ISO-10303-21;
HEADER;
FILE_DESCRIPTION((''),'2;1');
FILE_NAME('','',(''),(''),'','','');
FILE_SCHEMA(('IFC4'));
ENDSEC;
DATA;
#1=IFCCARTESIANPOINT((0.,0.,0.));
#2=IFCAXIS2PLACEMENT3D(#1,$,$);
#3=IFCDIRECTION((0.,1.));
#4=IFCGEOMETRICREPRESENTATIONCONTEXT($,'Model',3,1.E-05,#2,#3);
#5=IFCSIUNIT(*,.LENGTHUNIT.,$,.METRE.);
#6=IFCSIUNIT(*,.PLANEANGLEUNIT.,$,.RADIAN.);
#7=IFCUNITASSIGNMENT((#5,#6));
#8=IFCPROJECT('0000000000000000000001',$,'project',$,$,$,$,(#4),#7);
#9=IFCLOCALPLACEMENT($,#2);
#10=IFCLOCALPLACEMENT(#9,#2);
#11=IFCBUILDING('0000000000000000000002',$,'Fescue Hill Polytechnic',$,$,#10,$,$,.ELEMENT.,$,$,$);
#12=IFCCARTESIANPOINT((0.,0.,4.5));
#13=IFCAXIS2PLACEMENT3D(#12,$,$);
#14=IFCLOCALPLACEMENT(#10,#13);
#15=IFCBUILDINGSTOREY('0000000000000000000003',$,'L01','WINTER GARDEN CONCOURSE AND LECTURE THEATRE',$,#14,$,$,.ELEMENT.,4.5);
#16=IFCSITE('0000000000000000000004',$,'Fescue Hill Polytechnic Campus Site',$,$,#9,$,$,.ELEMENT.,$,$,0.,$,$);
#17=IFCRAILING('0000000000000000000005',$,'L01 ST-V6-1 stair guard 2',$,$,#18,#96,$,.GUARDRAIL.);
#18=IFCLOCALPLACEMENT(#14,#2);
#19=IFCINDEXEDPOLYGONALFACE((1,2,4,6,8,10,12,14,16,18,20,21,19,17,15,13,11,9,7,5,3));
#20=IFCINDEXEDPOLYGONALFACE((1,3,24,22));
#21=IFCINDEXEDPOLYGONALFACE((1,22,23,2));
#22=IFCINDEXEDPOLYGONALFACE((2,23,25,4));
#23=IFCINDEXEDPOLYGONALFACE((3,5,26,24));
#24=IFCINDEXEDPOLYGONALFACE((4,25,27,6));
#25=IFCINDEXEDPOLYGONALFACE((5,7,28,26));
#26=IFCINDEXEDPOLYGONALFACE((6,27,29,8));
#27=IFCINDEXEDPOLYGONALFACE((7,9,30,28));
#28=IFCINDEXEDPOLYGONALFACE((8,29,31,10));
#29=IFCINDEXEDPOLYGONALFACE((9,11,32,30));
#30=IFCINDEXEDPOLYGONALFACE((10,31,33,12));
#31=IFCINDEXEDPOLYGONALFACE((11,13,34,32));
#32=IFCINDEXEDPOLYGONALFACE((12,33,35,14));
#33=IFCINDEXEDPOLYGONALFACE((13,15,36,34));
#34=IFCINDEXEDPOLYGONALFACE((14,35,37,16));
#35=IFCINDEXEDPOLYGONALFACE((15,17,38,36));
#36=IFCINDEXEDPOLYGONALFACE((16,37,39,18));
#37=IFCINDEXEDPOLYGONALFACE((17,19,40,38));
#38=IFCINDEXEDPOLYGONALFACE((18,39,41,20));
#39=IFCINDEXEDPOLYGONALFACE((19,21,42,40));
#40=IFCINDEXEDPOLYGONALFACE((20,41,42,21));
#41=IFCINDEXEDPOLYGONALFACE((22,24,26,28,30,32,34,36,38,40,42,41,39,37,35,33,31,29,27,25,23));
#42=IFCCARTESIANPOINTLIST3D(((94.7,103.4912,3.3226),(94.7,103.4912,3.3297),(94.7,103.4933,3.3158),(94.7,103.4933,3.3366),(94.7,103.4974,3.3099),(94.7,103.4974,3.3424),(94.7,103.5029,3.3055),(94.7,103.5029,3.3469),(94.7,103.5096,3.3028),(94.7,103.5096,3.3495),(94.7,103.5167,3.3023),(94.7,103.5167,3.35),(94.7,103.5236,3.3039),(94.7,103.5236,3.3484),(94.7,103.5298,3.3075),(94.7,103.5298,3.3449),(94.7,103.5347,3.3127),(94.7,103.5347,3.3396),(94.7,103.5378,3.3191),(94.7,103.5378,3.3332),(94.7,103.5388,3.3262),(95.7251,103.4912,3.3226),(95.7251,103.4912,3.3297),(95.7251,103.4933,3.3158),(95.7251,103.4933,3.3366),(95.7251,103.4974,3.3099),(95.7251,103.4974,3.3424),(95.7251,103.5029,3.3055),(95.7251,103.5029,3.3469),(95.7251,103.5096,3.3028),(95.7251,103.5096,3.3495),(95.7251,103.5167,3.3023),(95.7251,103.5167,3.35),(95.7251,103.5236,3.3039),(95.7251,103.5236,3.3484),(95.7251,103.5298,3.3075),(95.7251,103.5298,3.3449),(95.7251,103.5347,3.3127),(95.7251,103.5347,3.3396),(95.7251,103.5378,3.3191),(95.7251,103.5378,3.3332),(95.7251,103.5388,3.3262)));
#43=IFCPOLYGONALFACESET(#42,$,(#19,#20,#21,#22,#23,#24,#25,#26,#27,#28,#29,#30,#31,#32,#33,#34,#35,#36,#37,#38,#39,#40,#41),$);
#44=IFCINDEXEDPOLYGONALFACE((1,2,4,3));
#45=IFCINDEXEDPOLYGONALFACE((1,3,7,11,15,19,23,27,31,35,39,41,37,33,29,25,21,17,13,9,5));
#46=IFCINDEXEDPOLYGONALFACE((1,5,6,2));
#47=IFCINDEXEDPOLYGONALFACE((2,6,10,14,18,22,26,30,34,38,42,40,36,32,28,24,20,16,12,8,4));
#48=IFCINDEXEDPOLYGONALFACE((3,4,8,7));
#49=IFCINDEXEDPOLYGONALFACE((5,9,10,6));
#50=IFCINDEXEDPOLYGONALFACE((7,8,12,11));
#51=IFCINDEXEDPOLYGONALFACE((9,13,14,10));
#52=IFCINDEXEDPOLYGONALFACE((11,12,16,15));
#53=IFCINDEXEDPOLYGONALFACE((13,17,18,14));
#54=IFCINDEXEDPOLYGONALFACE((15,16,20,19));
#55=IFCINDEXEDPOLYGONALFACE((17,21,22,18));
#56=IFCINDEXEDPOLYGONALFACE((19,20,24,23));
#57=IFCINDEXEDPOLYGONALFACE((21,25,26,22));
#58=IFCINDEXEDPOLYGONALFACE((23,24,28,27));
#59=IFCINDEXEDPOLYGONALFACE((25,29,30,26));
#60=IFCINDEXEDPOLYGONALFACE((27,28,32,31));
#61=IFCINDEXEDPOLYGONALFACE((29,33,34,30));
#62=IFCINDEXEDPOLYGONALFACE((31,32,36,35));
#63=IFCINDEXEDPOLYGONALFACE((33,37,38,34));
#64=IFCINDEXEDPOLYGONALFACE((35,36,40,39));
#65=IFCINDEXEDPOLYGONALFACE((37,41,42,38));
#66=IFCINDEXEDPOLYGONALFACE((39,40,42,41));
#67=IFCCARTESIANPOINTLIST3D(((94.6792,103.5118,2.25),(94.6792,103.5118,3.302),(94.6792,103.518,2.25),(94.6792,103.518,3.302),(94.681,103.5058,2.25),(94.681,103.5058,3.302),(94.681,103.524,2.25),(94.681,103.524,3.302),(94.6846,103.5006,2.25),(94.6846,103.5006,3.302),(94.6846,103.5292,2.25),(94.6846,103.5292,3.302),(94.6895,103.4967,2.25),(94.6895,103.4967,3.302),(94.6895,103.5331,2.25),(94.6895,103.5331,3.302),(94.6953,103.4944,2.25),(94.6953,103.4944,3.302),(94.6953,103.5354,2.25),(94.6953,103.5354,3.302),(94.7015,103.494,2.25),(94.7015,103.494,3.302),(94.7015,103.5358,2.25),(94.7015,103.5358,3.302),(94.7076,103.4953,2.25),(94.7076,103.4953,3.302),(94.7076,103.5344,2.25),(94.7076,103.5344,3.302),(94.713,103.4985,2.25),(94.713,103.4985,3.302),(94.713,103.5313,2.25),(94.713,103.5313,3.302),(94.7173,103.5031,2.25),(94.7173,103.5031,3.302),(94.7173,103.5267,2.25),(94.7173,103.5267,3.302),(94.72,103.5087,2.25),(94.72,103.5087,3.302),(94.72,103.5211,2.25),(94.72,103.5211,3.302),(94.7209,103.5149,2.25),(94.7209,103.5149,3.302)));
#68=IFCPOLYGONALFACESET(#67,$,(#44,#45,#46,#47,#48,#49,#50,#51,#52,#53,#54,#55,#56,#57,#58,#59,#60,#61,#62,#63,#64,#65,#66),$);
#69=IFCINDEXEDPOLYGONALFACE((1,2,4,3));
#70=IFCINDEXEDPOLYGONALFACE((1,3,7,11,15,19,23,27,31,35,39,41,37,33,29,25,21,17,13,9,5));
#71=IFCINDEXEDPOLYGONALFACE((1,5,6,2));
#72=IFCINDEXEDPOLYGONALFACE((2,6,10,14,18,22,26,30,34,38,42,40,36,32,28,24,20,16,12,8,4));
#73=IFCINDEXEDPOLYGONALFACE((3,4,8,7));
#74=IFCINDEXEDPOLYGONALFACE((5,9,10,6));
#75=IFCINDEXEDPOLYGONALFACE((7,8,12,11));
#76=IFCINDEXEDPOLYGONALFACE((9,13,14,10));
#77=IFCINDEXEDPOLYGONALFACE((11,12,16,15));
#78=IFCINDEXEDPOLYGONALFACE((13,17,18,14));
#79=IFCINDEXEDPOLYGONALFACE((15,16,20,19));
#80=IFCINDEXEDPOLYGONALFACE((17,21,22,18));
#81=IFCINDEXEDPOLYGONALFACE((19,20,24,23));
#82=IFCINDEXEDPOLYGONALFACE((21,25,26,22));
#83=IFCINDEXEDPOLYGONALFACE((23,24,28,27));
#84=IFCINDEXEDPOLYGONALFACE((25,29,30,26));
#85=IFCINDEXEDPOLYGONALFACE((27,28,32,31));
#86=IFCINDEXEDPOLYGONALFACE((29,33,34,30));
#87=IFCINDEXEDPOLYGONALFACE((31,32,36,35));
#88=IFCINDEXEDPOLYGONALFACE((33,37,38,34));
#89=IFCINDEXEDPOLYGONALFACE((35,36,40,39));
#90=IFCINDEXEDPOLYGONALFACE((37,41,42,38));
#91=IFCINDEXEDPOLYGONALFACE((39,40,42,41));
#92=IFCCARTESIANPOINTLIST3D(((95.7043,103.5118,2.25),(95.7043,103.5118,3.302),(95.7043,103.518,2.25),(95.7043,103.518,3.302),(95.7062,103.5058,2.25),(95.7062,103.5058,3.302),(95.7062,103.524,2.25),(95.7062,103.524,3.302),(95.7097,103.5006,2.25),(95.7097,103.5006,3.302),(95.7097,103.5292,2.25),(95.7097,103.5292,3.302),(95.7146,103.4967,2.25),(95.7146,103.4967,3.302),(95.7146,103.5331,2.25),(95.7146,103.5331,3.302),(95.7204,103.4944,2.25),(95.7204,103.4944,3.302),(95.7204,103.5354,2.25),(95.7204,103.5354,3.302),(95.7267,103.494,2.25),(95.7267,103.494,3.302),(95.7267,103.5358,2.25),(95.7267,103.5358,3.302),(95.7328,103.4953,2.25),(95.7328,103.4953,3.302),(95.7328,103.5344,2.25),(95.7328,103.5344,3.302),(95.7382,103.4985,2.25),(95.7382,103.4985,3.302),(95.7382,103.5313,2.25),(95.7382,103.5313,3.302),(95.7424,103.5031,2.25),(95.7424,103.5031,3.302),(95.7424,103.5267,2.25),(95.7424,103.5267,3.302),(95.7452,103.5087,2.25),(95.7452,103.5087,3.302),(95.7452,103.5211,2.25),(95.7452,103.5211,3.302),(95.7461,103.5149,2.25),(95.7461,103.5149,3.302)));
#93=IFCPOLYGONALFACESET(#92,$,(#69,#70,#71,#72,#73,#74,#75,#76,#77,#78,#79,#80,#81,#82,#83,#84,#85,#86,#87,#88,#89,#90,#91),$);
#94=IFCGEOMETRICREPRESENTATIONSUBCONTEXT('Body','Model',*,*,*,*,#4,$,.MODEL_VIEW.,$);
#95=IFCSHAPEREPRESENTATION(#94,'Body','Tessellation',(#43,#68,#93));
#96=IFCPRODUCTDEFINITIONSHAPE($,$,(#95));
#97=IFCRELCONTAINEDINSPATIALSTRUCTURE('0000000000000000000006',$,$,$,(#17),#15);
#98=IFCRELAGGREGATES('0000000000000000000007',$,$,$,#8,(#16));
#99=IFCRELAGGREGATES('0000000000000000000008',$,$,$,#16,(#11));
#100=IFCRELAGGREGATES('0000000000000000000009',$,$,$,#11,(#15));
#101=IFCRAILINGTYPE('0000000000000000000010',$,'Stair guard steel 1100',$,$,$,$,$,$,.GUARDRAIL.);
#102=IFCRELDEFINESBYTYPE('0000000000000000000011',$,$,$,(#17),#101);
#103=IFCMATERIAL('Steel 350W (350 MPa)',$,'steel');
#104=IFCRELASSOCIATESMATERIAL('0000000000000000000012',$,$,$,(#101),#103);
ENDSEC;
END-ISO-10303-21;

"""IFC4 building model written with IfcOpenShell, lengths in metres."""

from ifc_helpers import new_model, si_unit, direction, frame, origin, origin_2d, place, context, subcontext, project, spatial, circle, extrude, material, type_object, element, save


model = new_model("IFC4")

# Units and contexts
model_context = context("Model", 3, precision=1e-05, world=origin(), true_north=direction((0.0, 1.0)))
body_context = subcontext(model_context, "Body", "Model", "MODEL_VIEW")
ifc_project = project(units=[si_unit("LENGTHUNIT", "METRE"), si_unit("PLANEANGLEUNIT", "RADIAN")], contexts=[model_context])

# Site, building, storey
site_placement = place(None, origin())
site = spatial("IfcSite", under=ifc_project, at=site_placement, Name="Fescue Hill Polytechnic Campus Site", CompositionType="ELEMENT", RefElevation=0.0)
building_placement = place(site_placement, origin())
building = spatial("IfcBuilding", under=site, at=building_placement, Name="Fescue Hill Polytechnic", CompositionType="ELEMENT")
storey_placement = place(building_placement, frame((0.0, 0.0, 4.5)))
storey = spatial("IfcBuildingStorey", under=building, at=storey_placement, Name="L01", Description="WINTER GARDEN CONCOURSE AND LECTURE THEATRE", CompositionType="ELEMENT", Elevation=4.5)

# Railing
ifc_material_1 = material(Name="Steel 350W (350 MPa)", Category="steel")
railing_type_1 = type_object("IfcRailingType", Name="Stair guard steel 1100", PredefinedType="GUARDRAIL", material=ifc_material_1)
railing_1_placement = place(storey_placement, frame((94.7, 103.5149, 2.25)))
element("IfcRailing", 1, at=railing_1_placement, inside=storey, type_object=railing_type_1, Name="L01 ST-V6-1 stair guard 2", PredefinedType="GUARDRAIL", context=body_context, shape_type="SweptSolid", body=[
    extrude(circle(Radius=0.0239, at=origin_2d()), frame((0.0, 0.0, 1.0762), z_axis=(1.0, 0.0, 0.0), x_axis=(0.0, 1.0, 0.0)), (0.0, 0.0, 1.0), 1.0251),
    extrude(circle(Radius=0.021, at=origin_2d()), origin(), (0.0, 0.0, 1.0), 1.052),
    extrude(circle(Radius=0.021, at=origin_2d()), frame((1.0251, 0.0, 0.0)), (0.0, 0.0, 1.0), 1.052),
])

save(model, "model.ifc")
